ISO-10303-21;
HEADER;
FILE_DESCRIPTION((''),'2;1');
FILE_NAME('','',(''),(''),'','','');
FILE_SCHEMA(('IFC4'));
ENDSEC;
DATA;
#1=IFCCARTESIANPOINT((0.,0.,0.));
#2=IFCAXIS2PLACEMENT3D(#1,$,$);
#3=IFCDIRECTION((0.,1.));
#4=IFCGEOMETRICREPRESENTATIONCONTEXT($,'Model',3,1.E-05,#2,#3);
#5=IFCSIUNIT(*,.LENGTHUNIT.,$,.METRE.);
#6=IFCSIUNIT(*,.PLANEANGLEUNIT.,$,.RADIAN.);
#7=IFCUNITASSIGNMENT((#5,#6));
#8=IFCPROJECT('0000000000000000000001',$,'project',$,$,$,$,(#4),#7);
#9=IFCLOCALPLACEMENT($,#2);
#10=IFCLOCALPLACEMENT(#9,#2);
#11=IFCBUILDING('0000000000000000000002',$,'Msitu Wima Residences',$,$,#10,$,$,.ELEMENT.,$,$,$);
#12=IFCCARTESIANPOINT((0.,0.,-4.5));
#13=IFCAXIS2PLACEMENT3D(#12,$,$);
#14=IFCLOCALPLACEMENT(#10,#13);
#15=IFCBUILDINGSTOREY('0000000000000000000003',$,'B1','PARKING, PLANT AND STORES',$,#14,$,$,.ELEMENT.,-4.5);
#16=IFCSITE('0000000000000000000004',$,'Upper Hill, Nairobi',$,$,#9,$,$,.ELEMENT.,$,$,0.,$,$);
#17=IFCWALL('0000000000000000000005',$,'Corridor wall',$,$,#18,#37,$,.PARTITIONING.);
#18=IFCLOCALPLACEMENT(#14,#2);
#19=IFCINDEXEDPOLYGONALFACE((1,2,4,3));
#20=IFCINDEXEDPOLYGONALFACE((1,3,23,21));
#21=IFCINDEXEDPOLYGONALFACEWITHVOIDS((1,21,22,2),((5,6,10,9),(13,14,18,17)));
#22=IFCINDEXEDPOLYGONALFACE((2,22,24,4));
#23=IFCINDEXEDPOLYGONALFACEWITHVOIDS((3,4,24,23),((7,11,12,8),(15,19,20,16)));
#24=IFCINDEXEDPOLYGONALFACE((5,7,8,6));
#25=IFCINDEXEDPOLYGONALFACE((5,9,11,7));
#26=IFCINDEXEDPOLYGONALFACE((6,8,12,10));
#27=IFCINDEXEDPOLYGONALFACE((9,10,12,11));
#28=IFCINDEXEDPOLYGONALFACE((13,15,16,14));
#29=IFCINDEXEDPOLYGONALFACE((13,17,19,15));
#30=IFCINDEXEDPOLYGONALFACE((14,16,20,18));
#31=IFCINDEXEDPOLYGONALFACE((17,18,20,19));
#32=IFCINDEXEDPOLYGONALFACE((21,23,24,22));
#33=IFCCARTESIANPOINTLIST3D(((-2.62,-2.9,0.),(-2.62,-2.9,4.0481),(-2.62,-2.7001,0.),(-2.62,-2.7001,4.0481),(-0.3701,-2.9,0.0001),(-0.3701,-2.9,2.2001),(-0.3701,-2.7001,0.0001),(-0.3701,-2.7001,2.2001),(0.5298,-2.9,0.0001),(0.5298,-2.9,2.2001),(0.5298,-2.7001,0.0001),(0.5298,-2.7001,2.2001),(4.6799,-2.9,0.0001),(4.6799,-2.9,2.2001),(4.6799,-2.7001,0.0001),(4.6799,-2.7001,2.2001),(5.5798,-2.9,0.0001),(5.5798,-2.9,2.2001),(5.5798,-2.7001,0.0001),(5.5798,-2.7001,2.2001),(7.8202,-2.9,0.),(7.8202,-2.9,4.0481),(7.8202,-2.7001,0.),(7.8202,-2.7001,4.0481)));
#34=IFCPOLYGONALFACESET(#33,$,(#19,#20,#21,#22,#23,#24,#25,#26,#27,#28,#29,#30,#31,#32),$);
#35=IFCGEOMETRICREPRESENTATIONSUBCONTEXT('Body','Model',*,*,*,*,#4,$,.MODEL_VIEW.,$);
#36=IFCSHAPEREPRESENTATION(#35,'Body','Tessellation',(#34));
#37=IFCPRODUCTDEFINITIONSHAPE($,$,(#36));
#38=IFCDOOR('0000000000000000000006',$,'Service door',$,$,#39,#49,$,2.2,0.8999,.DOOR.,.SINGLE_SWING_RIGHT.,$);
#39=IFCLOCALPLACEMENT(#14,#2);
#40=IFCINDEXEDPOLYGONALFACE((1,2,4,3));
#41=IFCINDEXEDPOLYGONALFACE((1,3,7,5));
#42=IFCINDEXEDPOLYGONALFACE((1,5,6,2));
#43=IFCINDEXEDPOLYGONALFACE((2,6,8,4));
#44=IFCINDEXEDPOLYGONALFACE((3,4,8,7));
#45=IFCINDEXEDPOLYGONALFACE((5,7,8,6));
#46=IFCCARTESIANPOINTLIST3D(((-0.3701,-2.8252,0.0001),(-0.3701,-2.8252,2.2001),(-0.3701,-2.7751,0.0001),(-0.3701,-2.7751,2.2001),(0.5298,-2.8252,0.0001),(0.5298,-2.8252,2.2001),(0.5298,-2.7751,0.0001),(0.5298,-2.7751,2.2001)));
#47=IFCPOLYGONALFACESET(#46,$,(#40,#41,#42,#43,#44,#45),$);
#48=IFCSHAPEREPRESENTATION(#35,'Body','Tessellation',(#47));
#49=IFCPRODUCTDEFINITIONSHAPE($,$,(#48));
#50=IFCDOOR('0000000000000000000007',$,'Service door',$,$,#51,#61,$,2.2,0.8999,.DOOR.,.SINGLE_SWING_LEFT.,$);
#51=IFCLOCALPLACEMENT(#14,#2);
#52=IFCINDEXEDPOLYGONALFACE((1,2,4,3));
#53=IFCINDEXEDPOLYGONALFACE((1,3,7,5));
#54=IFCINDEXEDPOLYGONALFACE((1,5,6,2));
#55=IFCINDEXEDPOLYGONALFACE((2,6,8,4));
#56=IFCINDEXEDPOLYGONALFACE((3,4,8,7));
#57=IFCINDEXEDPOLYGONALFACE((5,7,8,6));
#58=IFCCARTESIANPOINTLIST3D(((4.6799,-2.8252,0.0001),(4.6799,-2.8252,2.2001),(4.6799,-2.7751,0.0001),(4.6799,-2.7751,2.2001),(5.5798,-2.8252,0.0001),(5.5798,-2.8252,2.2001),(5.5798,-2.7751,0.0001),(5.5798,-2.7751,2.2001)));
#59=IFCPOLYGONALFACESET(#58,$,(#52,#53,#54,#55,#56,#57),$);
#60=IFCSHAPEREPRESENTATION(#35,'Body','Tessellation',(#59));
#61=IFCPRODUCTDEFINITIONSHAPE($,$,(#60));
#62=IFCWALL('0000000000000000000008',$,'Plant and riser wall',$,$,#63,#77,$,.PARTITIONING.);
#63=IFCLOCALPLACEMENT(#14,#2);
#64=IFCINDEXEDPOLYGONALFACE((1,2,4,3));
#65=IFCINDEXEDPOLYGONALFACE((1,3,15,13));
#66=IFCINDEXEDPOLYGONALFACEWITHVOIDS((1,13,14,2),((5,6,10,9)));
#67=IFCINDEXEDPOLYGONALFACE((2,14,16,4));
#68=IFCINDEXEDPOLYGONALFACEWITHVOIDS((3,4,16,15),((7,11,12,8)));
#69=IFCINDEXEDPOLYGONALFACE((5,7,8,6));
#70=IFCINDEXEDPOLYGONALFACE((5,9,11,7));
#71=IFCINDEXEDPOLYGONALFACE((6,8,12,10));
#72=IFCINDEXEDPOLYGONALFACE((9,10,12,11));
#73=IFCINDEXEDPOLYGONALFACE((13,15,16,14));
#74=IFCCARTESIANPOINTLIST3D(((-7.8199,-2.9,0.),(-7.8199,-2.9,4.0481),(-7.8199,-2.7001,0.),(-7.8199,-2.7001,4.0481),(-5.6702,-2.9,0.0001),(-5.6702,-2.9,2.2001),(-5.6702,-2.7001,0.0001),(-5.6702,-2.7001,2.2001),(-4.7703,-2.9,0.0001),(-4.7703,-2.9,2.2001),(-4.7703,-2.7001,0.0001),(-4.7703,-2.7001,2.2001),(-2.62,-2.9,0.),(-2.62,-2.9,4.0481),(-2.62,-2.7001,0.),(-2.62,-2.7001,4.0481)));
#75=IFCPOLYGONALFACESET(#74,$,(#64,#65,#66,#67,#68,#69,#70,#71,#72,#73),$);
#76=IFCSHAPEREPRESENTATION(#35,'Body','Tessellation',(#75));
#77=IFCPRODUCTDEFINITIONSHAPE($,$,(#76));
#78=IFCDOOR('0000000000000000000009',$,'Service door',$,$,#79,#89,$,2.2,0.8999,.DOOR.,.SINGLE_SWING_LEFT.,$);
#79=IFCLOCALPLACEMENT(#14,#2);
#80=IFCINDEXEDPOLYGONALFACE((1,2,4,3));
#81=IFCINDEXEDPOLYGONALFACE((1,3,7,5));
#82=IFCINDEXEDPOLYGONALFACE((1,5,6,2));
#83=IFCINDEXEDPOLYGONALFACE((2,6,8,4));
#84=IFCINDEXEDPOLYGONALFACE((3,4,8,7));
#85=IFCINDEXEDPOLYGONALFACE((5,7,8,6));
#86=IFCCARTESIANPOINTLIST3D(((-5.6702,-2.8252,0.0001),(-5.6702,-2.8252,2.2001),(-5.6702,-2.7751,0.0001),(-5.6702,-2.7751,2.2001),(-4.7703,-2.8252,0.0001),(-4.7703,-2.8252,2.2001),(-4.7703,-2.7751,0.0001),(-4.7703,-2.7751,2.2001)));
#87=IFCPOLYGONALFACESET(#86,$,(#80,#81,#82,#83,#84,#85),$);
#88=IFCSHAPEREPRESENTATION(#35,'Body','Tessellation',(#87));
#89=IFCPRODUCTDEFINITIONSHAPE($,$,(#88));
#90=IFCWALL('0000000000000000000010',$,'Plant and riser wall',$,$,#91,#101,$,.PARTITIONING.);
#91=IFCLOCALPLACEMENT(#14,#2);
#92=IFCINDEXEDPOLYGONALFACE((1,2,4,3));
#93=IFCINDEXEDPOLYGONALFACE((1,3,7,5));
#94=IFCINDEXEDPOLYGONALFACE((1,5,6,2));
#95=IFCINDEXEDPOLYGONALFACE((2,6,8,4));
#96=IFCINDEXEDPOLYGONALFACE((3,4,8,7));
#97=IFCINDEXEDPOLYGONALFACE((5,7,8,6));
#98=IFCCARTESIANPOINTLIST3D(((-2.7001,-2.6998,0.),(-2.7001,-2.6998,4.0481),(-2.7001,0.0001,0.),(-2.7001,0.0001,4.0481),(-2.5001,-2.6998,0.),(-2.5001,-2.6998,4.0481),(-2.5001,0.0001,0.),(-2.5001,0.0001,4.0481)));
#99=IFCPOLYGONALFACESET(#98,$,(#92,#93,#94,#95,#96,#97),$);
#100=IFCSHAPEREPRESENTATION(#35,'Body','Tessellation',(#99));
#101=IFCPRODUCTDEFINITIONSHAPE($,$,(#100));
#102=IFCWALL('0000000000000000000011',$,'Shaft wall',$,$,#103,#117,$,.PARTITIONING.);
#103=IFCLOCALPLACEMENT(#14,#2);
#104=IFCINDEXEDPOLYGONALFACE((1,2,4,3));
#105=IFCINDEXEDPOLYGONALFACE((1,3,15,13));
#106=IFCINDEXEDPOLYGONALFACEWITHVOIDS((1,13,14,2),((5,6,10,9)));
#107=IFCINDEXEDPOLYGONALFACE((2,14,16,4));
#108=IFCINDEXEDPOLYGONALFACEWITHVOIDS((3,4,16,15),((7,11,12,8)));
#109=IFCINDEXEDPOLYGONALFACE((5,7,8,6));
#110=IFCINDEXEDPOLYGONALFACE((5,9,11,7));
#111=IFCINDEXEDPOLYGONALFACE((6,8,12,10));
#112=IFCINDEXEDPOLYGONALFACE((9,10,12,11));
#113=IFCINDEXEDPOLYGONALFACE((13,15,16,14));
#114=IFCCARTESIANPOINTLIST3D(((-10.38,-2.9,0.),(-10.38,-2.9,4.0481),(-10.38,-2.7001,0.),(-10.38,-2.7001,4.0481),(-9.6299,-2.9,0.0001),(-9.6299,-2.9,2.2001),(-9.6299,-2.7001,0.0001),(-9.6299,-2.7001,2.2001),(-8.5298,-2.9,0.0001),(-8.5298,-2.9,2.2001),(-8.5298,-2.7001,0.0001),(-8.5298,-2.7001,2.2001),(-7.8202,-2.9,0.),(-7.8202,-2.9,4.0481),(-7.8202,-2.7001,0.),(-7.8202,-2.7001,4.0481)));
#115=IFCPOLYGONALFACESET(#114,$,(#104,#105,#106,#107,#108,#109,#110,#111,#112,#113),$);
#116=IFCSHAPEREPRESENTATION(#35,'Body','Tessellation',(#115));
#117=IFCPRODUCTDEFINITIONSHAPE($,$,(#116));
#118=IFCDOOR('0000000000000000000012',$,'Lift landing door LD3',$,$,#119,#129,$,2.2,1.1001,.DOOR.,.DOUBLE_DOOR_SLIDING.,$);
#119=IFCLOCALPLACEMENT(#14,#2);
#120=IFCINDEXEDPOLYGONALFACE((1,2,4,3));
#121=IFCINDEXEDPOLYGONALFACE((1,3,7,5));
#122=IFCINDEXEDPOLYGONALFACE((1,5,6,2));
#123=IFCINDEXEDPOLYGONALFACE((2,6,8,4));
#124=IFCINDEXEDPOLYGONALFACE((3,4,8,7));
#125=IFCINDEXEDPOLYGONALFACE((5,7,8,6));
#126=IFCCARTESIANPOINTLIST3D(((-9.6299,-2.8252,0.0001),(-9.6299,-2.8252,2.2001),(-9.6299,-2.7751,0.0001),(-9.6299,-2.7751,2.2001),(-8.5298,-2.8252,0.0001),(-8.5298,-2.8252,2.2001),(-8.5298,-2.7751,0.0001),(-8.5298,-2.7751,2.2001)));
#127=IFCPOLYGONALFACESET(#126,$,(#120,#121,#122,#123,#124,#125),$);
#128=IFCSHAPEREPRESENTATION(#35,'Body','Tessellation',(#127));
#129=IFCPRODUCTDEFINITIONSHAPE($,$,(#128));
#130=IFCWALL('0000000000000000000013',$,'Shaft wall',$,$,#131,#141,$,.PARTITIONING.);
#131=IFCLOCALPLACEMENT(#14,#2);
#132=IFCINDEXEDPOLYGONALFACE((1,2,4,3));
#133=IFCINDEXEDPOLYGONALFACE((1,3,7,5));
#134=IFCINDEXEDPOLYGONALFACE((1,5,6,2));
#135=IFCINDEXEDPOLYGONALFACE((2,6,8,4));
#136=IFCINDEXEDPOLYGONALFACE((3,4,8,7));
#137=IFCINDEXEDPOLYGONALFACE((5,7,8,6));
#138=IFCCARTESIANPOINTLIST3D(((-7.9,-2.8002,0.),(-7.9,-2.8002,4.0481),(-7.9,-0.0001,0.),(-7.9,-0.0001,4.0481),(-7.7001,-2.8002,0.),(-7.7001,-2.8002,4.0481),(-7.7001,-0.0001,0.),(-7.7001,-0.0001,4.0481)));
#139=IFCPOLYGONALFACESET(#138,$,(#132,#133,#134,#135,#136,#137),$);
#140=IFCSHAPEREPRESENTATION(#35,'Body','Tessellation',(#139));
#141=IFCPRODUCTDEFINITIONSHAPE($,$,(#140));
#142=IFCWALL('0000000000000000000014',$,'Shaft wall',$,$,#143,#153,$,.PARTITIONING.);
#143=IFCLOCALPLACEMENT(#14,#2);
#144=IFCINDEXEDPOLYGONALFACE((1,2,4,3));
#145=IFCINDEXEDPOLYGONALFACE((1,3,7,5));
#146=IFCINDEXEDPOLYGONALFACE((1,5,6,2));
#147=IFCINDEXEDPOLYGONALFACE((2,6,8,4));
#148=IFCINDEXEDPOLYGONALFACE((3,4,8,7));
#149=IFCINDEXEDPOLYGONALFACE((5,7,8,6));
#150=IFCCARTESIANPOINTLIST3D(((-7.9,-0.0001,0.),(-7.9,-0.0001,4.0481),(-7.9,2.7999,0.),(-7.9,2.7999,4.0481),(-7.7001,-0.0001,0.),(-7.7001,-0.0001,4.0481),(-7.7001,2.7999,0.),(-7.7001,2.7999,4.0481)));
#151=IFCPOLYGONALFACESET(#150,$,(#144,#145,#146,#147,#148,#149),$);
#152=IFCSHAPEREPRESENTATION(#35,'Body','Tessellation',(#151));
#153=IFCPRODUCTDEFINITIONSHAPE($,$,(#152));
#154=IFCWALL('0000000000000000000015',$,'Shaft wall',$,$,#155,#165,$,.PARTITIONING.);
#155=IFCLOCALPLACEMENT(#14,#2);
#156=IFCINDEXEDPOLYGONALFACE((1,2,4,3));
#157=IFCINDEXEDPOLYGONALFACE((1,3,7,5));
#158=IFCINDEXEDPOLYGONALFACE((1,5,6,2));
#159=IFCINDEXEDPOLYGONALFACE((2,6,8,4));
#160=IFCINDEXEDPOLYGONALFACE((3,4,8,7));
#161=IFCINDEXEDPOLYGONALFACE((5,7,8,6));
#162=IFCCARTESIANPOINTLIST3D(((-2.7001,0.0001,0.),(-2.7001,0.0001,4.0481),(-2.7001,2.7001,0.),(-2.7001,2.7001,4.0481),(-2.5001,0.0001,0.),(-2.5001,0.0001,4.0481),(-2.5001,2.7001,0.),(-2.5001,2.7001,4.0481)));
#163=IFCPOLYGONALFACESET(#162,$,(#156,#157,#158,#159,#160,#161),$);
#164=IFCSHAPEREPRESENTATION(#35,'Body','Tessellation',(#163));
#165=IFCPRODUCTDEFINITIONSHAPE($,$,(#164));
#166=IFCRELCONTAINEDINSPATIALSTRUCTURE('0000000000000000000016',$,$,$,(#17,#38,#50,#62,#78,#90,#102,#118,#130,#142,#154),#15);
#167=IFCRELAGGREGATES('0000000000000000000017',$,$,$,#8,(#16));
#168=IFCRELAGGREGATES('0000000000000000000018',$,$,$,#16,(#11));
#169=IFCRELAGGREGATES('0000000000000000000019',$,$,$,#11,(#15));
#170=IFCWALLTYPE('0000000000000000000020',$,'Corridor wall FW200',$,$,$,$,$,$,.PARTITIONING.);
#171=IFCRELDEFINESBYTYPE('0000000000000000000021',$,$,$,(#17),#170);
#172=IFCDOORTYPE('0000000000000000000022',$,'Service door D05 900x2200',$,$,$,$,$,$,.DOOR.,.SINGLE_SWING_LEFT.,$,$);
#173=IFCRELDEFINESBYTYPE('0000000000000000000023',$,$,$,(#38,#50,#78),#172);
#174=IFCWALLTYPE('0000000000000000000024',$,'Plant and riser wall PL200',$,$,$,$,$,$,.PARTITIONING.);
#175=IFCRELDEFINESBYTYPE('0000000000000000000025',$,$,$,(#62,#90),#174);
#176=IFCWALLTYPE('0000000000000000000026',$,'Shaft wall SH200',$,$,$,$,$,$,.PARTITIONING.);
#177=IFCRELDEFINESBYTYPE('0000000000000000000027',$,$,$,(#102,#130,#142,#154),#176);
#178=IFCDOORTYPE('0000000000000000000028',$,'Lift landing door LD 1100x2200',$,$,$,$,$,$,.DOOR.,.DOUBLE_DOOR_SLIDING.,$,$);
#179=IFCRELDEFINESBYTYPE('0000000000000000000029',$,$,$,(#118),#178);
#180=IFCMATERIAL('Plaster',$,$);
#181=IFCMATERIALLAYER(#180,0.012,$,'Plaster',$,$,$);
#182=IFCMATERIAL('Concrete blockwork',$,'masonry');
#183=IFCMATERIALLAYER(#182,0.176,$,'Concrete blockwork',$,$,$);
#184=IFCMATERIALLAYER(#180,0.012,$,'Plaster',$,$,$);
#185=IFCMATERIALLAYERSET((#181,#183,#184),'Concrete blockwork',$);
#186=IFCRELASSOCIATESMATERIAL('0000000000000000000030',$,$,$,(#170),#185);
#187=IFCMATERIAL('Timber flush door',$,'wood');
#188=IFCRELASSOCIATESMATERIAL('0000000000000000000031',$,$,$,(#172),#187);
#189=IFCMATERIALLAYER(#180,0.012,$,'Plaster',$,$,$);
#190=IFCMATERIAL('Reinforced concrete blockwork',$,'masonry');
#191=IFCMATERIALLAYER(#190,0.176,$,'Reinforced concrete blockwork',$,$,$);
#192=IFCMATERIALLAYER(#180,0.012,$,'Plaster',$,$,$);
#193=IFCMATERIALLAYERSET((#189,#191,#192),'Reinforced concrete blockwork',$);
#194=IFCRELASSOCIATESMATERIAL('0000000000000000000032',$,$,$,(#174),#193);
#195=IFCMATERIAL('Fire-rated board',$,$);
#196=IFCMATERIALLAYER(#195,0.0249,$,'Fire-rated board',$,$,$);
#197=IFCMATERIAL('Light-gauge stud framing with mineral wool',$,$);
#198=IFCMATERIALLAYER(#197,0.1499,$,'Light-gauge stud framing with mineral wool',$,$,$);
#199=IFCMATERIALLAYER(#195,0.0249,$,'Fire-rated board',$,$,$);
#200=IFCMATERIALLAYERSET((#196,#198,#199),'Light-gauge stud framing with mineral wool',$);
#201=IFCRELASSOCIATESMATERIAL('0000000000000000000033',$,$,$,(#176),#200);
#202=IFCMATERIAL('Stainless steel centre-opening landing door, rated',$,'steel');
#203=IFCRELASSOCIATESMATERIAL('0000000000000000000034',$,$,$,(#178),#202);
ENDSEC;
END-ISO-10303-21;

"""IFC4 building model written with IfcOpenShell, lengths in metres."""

from ifc_helpers import new_model, si_unit, direction, frame, frame_2d, origin, place, context, subcontext, project, spatial, rectangle, extrude, material, layer, layer_set, type_object, element, fill, save


model = new_model("IFC4")

# Units and contexts
model_context = context("Model", 3, precision=1e-05, world=origin(), true_north=direction((0.0, 1.0)))
body_context = subcontext(model_context, "Body", "Model", "MODEL_VIEW")
ifc_project = project(units=[si_unit("LENGTHUNIT", "METRE"), si_unit("PLANEANGLEUNIT", "RADIAN")], contexts=[model_context])

# Site, building, storey
site_placement = place(None, origin())
site = spatial("IfcSite", under=ifc_project, at=site_placement, Name="Upper Hill, Nairobi", CompositionType="ELEMENT", RefElevation=0.0)
building_placement = place(site_placement, origin())
building = spatial("IfcBuilding", under=site, at=building_placement, Name="Msitu Wima Residences", CompositionType="ELEMENT")
storey_placement = place(building_placement, frame((0.0, 0.0, -4.5)))
storey = spatial("IfcBuildingStorey", under=building, at=storey_placement, Name="B1", Description="PARKING, PLANT AND STORES", CompositionType="ELEMENT", Elevation=-4.5)

# Wall, openings, doors
ifc_material_1 = material(Name="Plaster")
ifc_layer_1 = layer(ifc_material_1, 0.012, Name="Plaster")
ifc_material_2 = material(Name="Concrete blockwork", Category="masonry")
ifc_layer_2 = layer(ifc_material_2, 0.176, Name="Concrete blockwork")
ifc_layer_3 = layer(ifc_material_1, 0.012, Name="Plaster")
ifc_layer_set_1 = layer_set([ifc_layer_1, ifc_layer_2, ifc_layer_3], Name="Concrete blockwork")
wall_type_1 = type_object("IfcWallType", Name="Corridor wall FW200", PredefinedType="PARTITIONING", material=ifc_layer_set_1)
ifc_material_3 = material(Name="Timber flush door", Category="wood")
door_type_1 = type_object("IfcDoorType", Name="Service door D05 900x2200", OperationType="SINGLE_SWING_LEFT", PredefinedType="DOOR", material=ifc_material_3)
wall_1_placement = place(storey_placement, frame((-2.6201, -2.8, 0.0), z_axis=(0.0, 0.0, 1.0), x_axis=(1.0, 0.0, 0.0)))
wall_1 = element("IfcWall", 1, at=wall_1_placement, inside=storey, type_object=wall_type_1, Name="Corridor wall", PredefinedType="PARTITIONING", context=body_context, shape_type="SweptSolid", body=[
    extrude(rectangle(XDim=10.4402, YDim=0.2, at=frame_2d((5.2202, 0.0))), origin(), (0.0, 0.0, 1.0), 4.0481),
])
opening_1_placement = place(wall_1_placement, frame((2.25, 0.0, 0.0)))
opening_1 = element("IfcOpeningElement", 2, at=opening_1_placement, cuts=wall_1, PredefinedType="OPENING", context=body_context, shape_type="SweptSolid", body=[
    extrude(rectangle(XDim=0.8999, YDim=2.2, at=frame_2d((0.45, 1.1001))), frame((0.0, 0.1099, 0.0), z_axis=(0.0, -1.0, 0.0), x_axis=(1.0, 0.0, 0.0)), (0.0, 0.0, 1.0), 0.22),
])
opening_2_placement = place(wall_1_placement, frame((7.3, 0.0, 0.0)))
opening_2 = element("IfcOpeningElement", 3, at=opening_2_placement, cuts=wall_1, PredefinedType="OPENING", context=body_context, shape_type="SweptSolid", body=[
    extrude(rectangle(XDim=0.8999, YDim=2.2, at=frame_2d((0.45, 1.1001))), frame((0.0, 0.1099, 0.0), z_axis=(0.0, -1.0, 0.0), x_axis=(1.0, 0.0, 0.0)), (0.0, 0.0, 1.0), 0.22),
])
door_1_placement = place(opening_1_placement, origin())
door_1 = element("IfcDoor", 4, at=door_1_placement, inside=storey, type_object=door_type_1, Name="Service door", OperationType="SINGLE_SWING_RIGHT", OverallHeight=2.2, OverallWidth=0.8999, PredefinedType="DOOR", context=body_context, shape_type="SweptSolid", body=[
    extrude(rectangle(XDim=0.8999, YDim=2.2, at=frame_2d((0.45, 1.1001))), frame((0.0, 0.0249, 0.0), z_axis=(0.0, -1.0, 0.0), x_axis=(1.0, 0.0, 0.0)), (0.0, 0.0, 1.0), 0.05),
])
fill(opening_1, door_1)
door_2_placement = place(opening_2_placement, origin())
door_2 = element("IfcDoor", 5, at=door_2_placement, inside=storey, type_object=door_type_1, Name="Service door", OperationType="SINGLE_SWING_LEFT", OverallHeight=2.2, OverallWidth=0.8999, PredefinedType="DOOR", context=body_context, shape_type="SweptSolid", body=[
    extrude(rectangle(XDim=0.8999, YDim=2.2, at=frame_2d((0.45, 1.1001))), frame((0.0, 0.0249, 0.0), z_axis=(0.0, -1.0, 0.0), x_axis=(1.0, 0.0, 0.0)), (0.0, 0.0, 1.0), 0.05),
])
fill(opening_2, door_2)

# Wall, opening, door
ifc_layer_4 = layer(ifc_material_1, 0.012, Name="Plaster")
ifc_material_4 = material(Name="Reinforced concrete blockwork", Category="masonry")
ifc_layer_5 = layer(ifc_material_4, 0.176, Name="Reinforced concrete blockwork")
ifc_layer_6 = layer(ifc_material_1, 0.012, Name="Plaster")
ifc_layer_set_2 = layer_set([ifc_layer_4, ifc_layer_5, ifc_layer_6], Name="Reinforced concrete blockwork")
wall_type_2 = type_object("IfcWallType", Name="Plant and riser wall PL200", PredefinedType="PARTITIONING", material=ifc_layer_set_2)
wall_2_placement = place(storey_placement, frame((-7.8201, -2.8, 0.0), z_axis=(0.0, 0.0, 1.0), x_axis=(1.0, 0.0, 0.0)))
wall_2 = element("IfcWall", 6, at=wall_2_placement, inside=storey, type_object=wall_type_2, Name="Plant and riser wall", PredefinedType="PARTITIONING", context=body_context, shape_type="SweptSolid", body=[
    extrude(rectangle(XDim=5.2, YDim=0.2, at=frame_2d((2.6001, 0.0))), origin(), (0.0, 0.0, 1.0), 4.0481),
])
opening_3_placement = place(wall_2_placement, frame((2.1499, 0.0, 0.0)))
opening_3 = element("IfcOpeningElement", 7, at=opening_3_placement, cuts=wall_2, PredefinedType="OPENING", context=body_context, shape_type="SweptSolid", body=[
    extrude(rectangle(XDim=0.8999, YDim=2.2, at=frame_2d((0.45, 1.1001))), frame((0.0, 0.1099, 0.0), z_axis=(0.0, -1.0, 0.0), x_axis=(1.0, 0.0, 0.0)), (0.0, 0.0, 1.0), 0.22),
])
door_3_placement = place(opening_3_placement, origin())
door_3 = element("IfcDoor", 8, at=door_3_placement, inside=storey, type_object=door_type_1, Name="Service door", OperationType="SINGLE_SWING_LEFT", OverallHeight=2.2, OverallWidth=0.8999, PredefinedType="DOOR", context=body_context, shape_type="SweptSolid", body=[
    extrude(rectangle(XDim=0.8999, YDim=2.2, at=frame_2d((0.45, 1.1001))), frame((0.0, 0.0249, 0.0), z_axis=(0.0, -1.0, 0.0), x_axis=(1.0, 0.0, 0.0)), (0.0, 0.0, 1.0), 0.05),
])
fill(opening_3, door_3)

# Wall
wall_3_placement = place(storey_placement, frame((-2.6001, -2.7, 0.0), z_axis=(0.0, 0.0, 1.0), x_axis=(0.0, 1.0, 0.0)))
element("IfcWall", 9, at=wall_3_placement, inside=storey, type_object=wall_type_2, Name="Plant and riser wall", PredefinedType="PARTITIONING", context=body_context, shape_type="SweptSolid", body=[
    extrude(rectangle(XDim=2.7, YDim=0.2, at=frame_2d((1.3501, 0.0))), origin(), (0.0, 0.0, 1.0), 4.0481),
])

# Wall, opening, door
ifc_material_5 = material(Name="Fire-rated board")
ifc_layer_7 = layer(ifc_material_5, 0.0249, Name="Fire-rated board")
ifc_material_6 = material(Name="Light-gauge stud framing with mineral wool")
ifc_layer_8 = layer(ifc_material_6, 0.1499, Name="Light-gauge stud framing with mineral wool")
ifc_layer_9 = layer(ifc_material_5, 0.0249, Name="Fire-rated board")
ifc_layer_set_3 = layer_set([ifc_layer_7, ifc_layer_8, ifc_layer_9], Name="Light-gauge stud framing with mineral wool")
wall_type_3 = type_object("IfcWallType", Name="Shaft wall SH200", PredefinedType="PARTITIONING", material=ifc_layer_set_3)
wall_4_placement = place(storey_placement, frame((-10.3799, -2.8, 0.0), z_axis=(0.0, 0.0, 1.0), x_axis=(1.0, 0.0, 0.0)))
wall_4 = element("IfcWall", 10, at=wall_4_placement, inside=storey, type_object=wall_type_3, Name="Shaft wall", PredefinedType="PARTITIONING", context=body_context, shape_type="SweptSolid", body=[
    extrude(rectangle(XDim=2.5598, YDim=0.2, at=frame_2d((1.2798, 0.0))), origin(), (0.0, 0.0, 1.0), 4.0481),
])
opening_4_placement = place(wall_4_placement, frame((0.75, 0.0, 0.0)))
opening_4 = element("IfcOpeningElement", 11, at=opening_4_placement, cuts=wall_4, PredefinedType="OPENING", context=body_context, shape_type="SweptSolid", body=[
    extrude(rectangle(XDim=1.1001, YDim=2.2, at=frame_2d((0.55, 1.1001))), frame((0.0, 0.1099, 0.0), z_axis=(0.0, -1.0, 0.0), x_axis=(1.0, 0.0, 0.0)), (0.0, 0.0, 1.0), 0.22),
])
ifc_material_7 = material(Name="Stainless steel centre-opening landing door, rated", Category="steel")
door_type_2 = type_object("IfcDoorType", Name="Lift landing door LD 1100x2200", OperationType="DOUBLE_DOOR_SLIDING", PredefinedType="DOOR", material=ifc_material_7)
door_4_placement = place(opening_4_placement, origin())
door_4 = element("IfcDoor", 12, at=door_4_placement, inside=storey, type_object=door_type_2, Name="Lift landing door LD3", OperationType="DOUBLE_DOOR_SLIDING", OverallHeight=2.2, OverallWidth=1.1001, PredefinedType="DOOR", context=body_context, shape_type="SweptSolid", body=[
    extrude(rectangle(XDim=1.1001, YDim=2.2, at=frame_2d((0.55, 1.1001))), frame((0.0, 0.0249, 0.0), z_axis=(0.0, -1.0, 0.0), x_axis=(1.0, 0.0, 0.0)), (0.0, 0.0, 1.0), 0.05),
])
fill(opening_4, door_4)

# Walls
for number, where, z_axis, x_axis, name in (
    (13, (-7.8, -2.8, 0.0), (0.0, 0.0, 1.0), (0.0, 1.0, 0.0), "Shaft wall"),
    (14, (-7.8, 0.0, 0.0), (0.0, 0.0, 1.0), (0.0, 1.0, 0.0), "Shaft wall"),
):
    element("IfcWall", number, at=place(storey_placement, frame(where, z_axis=z_axis, x_axis=x_axis)), inside=storey, type_object=wall_type_3, Name=name, PredefinedType="PARTITIONING", context=body_context, shape_type="SweptSolid", body=[
        extrude(rectangle(XDim=2.8, YDim=0.2, at=frame_2d((1.3999, 0.0))), origin(), (0.0, 0.0, 1.0), 4.0481),
    ])
wall_5_placement = place(storey_placement, frame((-2.6001, 0.0, 0.0), z_axis=(0.0, 0.0, 1.0), x_axis=(0.0, 1.0, 0.0)))
element("IfcWall", 15, at=wall_5_placement, inside=storey, type_object=wall_type_3, Name="Shaft wall", PredefinedType="PARTITIONING", context=body_context, shape_type="SweptSolid", body=[
    extrude(rectangle(XDim=2.7, YDim=0.2, at=frame_2d((1.3501, 0.0))), origin(), (0.0, 0.0, 1.0), 4.0481),
])

save(model, "model.ifc")
